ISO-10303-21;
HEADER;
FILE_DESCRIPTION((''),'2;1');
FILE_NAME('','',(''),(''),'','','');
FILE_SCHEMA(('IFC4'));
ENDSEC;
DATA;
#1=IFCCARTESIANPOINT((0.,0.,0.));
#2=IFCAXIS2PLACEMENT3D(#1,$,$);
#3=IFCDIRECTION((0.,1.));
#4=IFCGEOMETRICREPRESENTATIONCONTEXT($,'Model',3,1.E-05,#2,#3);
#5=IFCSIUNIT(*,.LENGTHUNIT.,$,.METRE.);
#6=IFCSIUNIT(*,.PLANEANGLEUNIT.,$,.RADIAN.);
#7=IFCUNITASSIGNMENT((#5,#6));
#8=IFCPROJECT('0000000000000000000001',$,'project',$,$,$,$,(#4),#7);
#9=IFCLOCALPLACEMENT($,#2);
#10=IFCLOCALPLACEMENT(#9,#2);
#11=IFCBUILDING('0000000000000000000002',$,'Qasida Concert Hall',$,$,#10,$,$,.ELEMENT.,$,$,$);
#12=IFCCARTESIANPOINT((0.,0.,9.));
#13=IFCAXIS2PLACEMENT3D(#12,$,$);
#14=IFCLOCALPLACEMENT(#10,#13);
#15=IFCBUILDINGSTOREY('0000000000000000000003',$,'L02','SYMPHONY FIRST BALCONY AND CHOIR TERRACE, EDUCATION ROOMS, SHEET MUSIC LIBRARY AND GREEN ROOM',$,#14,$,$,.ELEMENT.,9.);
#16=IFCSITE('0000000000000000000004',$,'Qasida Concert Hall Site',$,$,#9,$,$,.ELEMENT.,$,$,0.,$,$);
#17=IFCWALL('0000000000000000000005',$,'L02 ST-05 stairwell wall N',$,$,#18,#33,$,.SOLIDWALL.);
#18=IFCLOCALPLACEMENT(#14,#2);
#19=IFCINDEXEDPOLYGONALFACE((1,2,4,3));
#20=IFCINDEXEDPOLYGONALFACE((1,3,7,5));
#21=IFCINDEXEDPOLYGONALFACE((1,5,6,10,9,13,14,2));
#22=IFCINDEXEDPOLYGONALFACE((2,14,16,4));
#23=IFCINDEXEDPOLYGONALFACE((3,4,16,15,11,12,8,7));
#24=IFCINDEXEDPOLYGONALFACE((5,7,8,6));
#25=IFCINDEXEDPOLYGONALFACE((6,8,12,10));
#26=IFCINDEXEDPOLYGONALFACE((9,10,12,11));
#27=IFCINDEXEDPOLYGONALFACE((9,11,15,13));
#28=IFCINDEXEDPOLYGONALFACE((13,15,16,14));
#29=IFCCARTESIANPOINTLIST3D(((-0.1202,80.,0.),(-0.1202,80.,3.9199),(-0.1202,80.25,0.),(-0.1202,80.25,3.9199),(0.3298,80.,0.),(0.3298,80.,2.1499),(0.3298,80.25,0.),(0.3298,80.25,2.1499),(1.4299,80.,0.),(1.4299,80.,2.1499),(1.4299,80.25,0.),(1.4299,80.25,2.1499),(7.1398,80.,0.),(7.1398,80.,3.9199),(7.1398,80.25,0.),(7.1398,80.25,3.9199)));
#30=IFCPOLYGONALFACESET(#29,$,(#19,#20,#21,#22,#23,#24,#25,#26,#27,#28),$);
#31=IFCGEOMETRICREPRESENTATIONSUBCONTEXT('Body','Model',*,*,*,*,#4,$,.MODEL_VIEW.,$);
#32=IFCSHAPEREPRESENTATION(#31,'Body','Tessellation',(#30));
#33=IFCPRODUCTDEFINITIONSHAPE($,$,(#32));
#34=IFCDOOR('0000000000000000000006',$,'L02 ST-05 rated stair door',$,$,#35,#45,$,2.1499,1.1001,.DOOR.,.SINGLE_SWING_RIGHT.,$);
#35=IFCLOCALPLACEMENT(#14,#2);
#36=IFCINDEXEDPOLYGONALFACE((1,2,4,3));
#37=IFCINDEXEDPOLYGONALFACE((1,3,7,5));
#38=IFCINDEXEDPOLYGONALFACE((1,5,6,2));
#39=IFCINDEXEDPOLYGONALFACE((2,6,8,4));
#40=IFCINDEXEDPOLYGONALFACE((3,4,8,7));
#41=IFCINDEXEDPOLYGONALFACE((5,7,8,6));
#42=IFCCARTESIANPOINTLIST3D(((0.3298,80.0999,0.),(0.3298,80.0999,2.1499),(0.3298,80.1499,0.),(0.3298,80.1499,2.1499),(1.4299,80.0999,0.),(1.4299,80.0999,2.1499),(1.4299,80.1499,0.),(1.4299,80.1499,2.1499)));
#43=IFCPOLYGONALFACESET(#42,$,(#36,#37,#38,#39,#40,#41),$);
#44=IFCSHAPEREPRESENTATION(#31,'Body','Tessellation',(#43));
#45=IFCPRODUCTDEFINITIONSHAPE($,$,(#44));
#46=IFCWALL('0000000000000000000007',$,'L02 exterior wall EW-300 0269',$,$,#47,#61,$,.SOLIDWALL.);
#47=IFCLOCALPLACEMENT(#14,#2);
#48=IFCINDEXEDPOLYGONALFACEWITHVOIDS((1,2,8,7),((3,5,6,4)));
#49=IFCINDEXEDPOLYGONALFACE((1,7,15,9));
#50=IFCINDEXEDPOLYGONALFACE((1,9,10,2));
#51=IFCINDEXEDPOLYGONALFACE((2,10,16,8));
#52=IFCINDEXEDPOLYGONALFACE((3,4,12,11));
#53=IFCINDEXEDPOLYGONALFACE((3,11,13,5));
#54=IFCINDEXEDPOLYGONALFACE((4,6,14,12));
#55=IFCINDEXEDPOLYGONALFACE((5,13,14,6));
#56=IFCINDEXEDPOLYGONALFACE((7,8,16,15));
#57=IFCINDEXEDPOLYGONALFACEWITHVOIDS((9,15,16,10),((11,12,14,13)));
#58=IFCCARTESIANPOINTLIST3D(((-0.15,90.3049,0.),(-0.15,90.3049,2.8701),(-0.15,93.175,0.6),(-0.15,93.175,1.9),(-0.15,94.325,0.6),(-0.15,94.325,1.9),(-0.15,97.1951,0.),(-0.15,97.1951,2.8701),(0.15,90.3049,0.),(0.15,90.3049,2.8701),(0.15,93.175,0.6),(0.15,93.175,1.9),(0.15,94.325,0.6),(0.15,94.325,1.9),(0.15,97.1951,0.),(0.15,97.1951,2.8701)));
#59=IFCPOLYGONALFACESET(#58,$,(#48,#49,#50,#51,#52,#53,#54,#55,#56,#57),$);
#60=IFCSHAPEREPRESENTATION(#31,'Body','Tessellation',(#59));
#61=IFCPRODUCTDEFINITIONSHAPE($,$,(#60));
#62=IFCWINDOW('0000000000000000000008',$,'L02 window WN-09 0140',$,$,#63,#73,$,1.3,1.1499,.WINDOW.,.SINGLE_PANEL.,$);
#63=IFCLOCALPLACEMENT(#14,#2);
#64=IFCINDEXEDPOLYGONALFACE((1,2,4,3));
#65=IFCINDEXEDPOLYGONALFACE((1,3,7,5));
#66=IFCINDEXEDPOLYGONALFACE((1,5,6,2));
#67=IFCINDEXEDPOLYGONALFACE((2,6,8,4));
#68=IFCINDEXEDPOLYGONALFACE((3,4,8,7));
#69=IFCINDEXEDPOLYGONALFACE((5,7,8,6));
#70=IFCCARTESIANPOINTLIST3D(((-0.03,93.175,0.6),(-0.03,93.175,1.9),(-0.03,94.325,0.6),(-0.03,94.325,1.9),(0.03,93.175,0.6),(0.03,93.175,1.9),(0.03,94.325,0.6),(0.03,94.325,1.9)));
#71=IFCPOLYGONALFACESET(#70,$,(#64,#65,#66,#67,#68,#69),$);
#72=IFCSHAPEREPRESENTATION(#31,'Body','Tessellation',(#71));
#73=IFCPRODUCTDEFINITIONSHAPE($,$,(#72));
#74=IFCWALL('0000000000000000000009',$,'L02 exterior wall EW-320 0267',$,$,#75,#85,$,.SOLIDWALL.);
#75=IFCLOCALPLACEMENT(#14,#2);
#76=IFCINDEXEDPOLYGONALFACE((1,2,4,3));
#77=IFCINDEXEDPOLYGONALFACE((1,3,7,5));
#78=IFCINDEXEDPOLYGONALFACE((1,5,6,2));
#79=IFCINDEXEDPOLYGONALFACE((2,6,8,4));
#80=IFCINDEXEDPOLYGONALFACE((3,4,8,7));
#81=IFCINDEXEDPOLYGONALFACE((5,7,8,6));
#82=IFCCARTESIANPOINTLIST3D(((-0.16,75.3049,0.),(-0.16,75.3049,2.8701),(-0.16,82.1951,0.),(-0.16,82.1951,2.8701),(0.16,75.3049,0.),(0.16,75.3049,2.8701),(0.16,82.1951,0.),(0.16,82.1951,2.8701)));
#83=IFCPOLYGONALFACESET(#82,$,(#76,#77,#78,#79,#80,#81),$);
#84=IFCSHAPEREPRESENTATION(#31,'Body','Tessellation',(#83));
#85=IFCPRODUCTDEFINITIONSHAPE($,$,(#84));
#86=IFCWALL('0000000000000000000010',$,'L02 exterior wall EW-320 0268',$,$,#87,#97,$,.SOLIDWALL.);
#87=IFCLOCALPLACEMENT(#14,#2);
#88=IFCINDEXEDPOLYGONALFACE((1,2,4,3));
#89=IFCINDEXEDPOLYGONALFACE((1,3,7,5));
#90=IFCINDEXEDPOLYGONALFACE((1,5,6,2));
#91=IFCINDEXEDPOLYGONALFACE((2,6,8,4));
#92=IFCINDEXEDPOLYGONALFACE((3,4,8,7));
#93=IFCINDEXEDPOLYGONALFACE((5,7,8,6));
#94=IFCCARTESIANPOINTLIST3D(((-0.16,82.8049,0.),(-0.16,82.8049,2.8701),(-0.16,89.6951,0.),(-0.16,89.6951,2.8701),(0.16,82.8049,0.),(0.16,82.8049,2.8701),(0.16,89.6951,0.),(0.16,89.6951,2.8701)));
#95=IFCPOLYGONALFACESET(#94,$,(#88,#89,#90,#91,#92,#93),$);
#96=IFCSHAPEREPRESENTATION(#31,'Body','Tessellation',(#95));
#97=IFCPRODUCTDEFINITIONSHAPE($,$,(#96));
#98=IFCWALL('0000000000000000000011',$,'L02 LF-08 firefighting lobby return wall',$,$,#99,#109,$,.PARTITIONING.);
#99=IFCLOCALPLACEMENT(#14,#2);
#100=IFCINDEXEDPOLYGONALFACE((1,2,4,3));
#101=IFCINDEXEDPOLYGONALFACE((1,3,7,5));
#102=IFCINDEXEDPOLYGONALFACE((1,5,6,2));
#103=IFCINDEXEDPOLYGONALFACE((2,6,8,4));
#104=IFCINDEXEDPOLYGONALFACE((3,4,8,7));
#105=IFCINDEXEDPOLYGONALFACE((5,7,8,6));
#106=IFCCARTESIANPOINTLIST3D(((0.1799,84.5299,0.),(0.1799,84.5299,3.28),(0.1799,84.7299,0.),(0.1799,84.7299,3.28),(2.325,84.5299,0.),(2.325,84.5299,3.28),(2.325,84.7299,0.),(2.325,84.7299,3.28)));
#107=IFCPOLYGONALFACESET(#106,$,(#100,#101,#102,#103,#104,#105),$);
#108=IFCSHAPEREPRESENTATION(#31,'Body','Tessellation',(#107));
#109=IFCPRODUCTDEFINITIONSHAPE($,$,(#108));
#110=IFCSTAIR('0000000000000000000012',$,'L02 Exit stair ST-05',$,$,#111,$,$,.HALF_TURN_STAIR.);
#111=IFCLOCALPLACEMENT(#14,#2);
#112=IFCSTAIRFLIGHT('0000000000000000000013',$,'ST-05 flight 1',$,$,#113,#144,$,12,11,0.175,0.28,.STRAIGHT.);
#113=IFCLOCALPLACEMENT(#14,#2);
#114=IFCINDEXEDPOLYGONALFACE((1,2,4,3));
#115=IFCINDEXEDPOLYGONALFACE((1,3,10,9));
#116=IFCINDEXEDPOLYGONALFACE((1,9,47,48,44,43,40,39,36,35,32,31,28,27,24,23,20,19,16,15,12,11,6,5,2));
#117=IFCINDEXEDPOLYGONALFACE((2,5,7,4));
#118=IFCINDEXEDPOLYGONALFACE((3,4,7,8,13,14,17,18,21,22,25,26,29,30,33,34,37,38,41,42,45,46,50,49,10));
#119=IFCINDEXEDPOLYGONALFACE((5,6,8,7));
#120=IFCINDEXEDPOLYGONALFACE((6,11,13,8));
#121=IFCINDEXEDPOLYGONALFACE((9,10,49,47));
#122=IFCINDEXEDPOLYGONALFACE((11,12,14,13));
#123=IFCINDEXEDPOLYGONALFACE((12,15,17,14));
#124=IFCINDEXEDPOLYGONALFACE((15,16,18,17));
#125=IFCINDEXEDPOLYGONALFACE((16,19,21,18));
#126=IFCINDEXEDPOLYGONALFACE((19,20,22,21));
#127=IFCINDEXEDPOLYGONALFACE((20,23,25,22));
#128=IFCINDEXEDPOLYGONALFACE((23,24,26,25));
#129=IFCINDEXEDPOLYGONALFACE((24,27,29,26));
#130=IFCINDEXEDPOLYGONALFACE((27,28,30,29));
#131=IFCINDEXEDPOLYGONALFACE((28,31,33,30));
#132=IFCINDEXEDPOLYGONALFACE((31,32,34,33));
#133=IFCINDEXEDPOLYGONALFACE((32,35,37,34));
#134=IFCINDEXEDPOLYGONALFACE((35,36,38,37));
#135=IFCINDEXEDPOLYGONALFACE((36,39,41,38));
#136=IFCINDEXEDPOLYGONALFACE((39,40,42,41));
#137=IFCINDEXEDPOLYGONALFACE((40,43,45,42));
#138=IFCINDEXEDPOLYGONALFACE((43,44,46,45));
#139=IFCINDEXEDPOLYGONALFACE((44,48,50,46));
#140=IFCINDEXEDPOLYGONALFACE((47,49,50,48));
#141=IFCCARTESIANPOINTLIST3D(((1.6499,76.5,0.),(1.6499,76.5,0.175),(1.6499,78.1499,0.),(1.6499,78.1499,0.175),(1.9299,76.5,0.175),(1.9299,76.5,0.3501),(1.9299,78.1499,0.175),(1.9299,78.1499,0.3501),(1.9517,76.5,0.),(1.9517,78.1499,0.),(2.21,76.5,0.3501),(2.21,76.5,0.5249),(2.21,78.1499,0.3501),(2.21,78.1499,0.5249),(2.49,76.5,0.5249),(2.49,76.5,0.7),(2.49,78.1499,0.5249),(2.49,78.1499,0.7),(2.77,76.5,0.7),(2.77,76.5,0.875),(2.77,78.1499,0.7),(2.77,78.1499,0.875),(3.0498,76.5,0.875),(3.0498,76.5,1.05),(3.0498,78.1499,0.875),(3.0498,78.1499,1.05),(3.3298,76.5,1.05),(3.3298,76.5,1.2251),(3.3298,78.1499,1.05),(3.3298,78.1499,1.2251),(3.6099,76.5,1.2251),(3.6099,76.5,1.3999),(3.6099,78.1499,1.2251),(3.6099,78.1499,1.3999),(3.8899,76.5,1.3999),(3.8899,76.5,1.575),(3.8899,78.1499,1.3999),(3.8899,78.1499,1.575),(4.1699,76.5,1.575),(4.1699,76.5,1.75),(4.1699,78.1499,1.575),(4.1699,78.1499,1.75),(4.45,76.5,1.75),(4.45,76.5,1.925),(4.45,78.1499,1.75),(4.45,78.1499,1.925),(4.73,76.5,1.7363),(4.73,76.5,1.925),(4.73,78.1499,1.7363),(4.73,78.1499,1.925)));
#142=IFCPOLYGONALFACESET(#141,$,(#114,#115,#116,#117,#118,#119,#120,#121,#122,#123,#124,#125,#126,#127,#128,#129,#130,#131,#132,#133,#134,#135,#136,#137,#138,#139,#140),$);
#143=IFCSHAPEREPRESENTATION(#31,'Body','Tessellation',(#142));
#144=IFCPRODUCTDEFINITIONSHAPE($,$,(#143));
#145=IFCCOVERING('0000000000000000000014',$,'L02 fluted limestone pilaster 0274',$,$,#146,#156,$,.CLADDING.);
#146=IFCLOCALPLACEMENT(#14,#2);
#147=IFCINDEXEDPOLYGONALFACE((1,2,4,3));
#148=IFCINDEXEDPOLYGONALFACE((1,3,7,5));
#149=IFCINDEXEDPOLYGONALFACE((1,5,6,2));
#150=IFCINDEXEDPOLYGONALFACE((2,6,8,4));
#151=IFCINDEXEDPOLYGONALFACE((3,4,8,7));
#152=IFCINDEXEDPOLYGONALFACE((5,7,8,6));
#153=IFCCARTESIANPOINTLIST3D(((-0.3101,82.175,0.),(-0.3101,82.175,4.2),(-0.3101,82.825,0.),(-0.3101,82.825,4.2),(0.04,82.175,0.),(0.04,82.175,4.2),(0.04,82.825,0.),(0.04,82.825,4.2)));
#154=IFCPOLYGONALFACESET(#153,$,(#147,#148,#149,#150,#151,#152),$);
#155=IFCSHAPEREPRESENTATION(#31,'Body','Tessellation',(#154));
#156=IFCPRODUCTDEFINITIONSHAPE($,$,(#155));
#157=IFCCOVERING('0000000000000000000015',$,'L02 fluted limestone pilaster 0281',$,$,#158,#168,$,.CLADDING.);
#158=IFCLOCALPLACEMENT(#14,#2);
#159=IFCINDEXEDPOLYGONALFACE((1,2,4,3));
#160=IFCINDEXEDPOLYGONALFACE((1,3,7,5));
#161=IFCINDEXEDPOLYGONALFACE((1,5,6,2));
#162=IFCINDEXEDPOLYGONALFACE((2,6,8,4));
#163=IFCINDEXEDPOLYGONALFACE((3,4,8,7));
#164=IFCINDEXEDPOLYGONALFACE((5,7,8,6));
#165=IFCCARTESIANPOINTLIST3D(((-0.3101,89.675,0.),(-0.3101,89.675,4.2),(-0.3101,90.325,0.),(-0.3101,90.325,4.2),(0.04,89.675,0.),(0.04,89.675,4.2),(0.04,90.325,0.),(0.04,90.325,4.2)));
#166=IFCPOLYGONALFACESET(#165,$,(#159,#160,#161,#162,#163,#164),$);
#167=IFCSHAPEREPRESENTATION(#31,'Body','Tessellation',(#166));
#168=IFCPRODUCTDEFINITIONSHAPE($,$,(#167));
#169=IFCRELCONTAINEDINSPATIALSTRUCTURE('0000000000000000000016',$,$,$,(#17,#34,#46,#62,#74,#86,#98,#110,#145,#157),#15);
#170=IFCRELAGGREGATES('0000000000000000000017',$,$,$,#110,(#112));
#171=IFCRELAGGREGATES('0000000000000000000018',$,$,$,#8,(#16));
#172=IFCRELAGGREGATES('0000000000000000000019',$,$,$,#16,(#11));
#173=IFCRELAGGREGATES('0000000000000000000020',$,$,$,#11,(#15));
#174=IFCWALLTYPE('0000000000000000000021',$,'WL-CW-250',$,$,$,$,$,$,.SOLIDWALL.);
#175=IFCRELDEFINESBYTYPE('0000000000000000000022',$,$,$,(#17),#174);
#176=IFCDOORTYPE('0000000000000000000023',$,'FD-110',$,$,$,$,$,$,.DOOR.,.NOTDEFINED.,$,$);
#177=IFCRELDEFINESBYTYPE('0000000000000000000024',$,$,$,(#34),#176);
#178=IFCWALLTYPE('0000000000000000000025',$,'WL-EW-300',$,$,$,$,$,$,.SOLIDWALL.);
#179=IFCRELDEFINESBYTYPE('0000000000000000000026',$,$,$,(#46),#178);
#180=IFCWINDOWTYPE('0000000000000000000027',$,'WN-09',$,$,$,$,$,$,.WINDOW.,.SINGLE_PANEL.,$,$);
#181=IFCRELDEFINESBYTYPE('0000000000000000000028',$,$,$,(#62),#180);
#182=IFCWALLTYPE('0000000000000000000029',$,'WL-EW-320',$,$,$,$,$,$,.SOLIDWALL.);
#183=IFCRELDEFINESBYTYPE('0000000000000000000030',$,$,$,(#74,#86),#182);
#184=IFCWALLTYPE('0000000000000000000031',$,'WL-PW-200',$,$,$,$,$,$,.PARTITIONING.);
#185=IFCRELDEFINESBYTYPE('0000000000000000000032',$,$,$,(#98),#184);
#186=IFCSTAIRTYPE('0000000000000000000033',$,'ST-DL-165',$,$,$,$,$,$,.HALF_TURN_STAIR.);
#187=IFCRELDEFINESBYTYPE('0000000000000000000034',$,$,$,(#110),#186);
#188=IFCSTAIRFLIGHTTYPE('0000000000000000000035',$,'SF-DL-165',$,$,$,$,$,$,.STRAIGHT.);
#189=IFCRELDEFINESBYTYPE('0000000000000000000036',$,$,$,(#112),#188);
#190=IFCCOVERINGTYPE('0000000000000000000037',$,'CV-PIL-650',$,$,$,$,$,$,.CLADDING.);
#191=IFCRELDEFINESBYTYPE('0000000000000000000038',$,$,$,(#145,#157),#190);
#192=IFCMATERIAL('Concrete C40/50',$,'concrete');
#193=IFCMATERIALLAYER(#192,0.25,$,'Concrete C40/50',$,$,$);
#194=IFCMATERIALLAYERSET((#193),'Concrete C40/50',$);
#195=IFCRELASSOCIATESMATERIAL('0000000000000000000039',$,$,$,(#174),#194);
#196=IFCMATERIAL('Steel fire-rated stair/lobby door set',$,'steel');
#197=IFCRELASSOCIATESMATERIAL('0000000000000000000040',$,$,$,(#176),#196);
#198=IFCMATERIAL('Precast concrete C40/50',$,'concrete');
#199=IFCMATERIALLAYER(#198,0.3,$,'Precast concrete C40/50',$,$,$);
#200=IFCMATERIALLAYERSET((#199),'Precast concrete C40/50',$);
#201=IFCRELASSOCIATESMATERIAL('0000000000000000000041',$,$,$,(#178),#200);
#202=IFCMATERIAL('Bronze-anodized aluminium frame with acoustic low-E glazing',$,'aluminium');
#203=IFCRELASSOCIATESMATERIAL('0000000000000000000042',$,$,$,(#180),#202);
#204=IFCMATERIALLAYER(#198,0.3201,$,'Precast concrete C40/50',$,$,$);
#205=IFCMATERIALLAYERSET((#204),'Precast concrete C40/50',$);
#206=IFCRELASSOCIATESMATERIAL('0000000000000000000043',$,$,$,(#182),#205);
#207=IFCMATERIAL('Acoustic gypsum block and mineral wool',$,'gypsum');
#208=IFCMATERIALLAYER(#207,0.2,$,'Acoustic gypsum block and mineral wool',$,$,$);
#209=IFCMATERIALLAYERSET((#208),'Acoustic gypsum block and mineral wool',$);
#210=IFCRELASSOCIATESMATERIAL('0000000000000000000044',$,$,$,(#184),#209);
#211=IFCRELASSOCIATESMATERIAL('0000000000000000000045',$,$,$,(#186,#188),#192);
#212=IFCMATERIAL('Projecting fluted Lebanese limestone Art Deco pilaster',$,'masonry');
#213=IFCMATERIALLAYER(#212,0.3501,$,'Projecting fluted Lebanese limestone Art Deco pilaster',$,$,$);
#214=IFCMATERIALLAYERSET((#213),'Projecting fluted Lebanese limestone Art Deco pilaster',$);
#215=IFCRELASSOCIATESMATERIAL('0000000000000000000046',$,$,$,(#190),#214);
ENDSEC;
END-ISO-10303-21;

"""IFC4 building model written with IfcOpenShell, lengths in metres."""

from ifc_helpers import new_model, si_unit, direction, frame, frame_2d, origin, origin_2d, place, context, subcontext, project, spatial, polyline, rectangle, outline, extrude, material, layer, layer_set, type_object, element, fill, aggregate, save


model = new_model("IFC4")

# Units and contexts
model_context = context("Model", 3, precision=1e-05, world=origin(), true_north=direction((0.0, 1.0)))
body_context = subcontext(model_context, "Body", "Model", "MODEL_VIEW")
ifc_project = project(units=[si_unit("LENGTHUNIT", "METRE"), si_unit("PLANEANGLEUNIT", "RADIAN")], contexts=[model_context])

# Site, building, storey
site_placement = place(None, origin())
site = spatial("IfcSite", under=ifc_project, at=site_placement, Name="Qasida Concert Hall Site", CompositionType="ELEMENT", RefElevation=0.0)
building_placement = place(site_placement, origin())
building = spatial("IfcBuilding", under=site, at=building_placement, Name="Qasida Concert Hall", CompositionType="ELEMENT")
storey_placement = place(building_placement, frame((0.0, 0.0, 9.0)))
storey = spatial("IfcBuildingStorey", under=building, at=storey_placement, Name="L02", Description="SYMPHONY FIRST BALCONY AND CHOIR TERRACE, EDUCATION ROOMS, SHEET MUSIC LIBRARY AND GREEN ROOM", CompositionType="ELEMENT", Elevation=9.0)

# Shared definitions
ifc_material_1 = material(Name="Concrete C40/50", Category="concrete")

# Shared definitions
ifc_layer_1 = layer(ifc_material_1, 0.25, Name="Concrete C40/50")
ifc_layer_set_1 = layer_set([ifc_layer_1], Name="Concrete C40/50")
wall_type_1 = type_object("IfcWallType", Name="WL-CW-250", PredefinedType="SOLIDWALL", material=ifc_layer_set_1)

# Wall, opening, door
wall_1_placement = place(storey_placement, frame((-0.1201, 80.125, 0.0), z_axis=(0.0, 0.0, 1.0), x_axis=(1.0, 0.0, 0.0)))
wall_1 = element("IfcWall", 1, at=wall_1_placement, inside=storey, type_object=wall_type_1, Name="L02 ST-05 stairwell wall N", PredefinedType="SOLIDWALL", context=body_context, shape_type="SweptSolid", body=[
    extrude(rectangle(XDim=7.26, YDim=0.25, at=frame_2d((3.6299, 0.0))), origin(), (0.0, 0.0, 1.0), 3.9199),
])
opening_1_placement = place(wall_1_placement, frame((0.45, 0.0, 0.0)))
opening_1 = element("IfcOpeningElement", 2, at=opening_1_placement, cuts=wall_1, PredefinedType="OPENING", context=body_context, shape_type="SweptSolid", body=[
    extrude(rectangle(XDim=1.1001, YDim=2.1499, at=frame_2d((0.55, 1.075))), frame((0.0, 0.135, 0.0), z_axis=(0.0, -1.0, 0.0), x_axis=(1.0, 0.0, 0.0)), (0.0, 0.0, 1.0), 0.27),
])
ifc_material_2 = material(Name="Steel fire-rated stair/lobby door set", Category="steel")
door_type_1 = type_object("IfcDoorType", Name="FD-110", OperationType="NOTDEFINED", PredefinedType="DOOR", material=ifc_material_2)
door_1_placement = place(opening_1_placement, origin())
door_1 = element("IfcDoor", 3, at=door_1_placement, inside=storey, type_object=door_type_1, Name="L02 ST-05 rated stair door", OperationType="SINGLE_SWING_RIGHT", OverallHeight=2.1499, OverallWidth=1.1001, PredefinedType="DOOR", context=body_context, shape_type="SweptSolid", body=[
    extrude(rectangle(XDim=1.1001, YDim=2.1499, at=frame_2d((0.55, 1.075))), frame((0.0, 0.0249, 0.0), z_axis=(0.0, -1.0, 0.0), x_axis=(1.0, 0.0, 0.0)), (0.0, 0.0, 1.0), 0.05),
])
fill(opening_1, door_1)

# Wall, opening, window
ifc_material_3 = material(Name="Precast concrete C40/50", Category="concrete")
ifc_layer_2 = layer(ifc_material_3, 0.3, Name="Precast concrete C40/50")
ifc_layer_set_2 = layer_set([ifc_layer_2], Name="Precast concrete C40/50")
wall_type_2 = type_object("IfcWallType", Name="WL-EW-300", PredefinedType="SOLIDWALL", material=ifc_layer_set_2)
wall_2_placement = place(storey_placement, frame((0.0, 90.3049, 0.0), z_axis=(0.0, 0.0, 1.0), x_axis=(0.0, 1.0, 0.0)))
wall_2 = element("IfcWall", 4, at=wall_2_placement, inside=storey, type_object=wall_type_2, Name="L02 exterior wall EW-300 0269", PredefinedType="SOLIDWALL", context=body_context, shape_type="SweptSolid", body=[
    extrude(rectangle(XDim=6.8901, YDim=0.3, at=frame_2d((3.4451, 0.0))), origin(), (0.0, 0.0, 1.0), 2.8701),
])
opening_2_placement = place(wall_2_placement, frame((2.8701, 0.0, 0.6001)))
opening_2 = element("IfcOpeningElement", 5, at=opening_2_placement, cuts=wall_2, PredefinedType="OPENING", context=body_context, shape_type="SweptSolid", body=[
    extrude(rectangle(XDim=1.1499, YDim=1.3, at=frame_2d((0.575, 0.6499))), frame((0.0, 0.1599, 0.0), z_axis=(0.0, -1.0, 0.0), x_axis=(1.0, 0.0, 0.0)), (0.0, 0.0, 1.0), 0.3201),
])
ifc_material_4 = material(Name="Bronze-anodized aluminium frame with acoustic low-E glazing", Category="aluminium")
window_type = type_object("IfcWindowType", Name="WN-09", PartitioningType="SINGLE_PANEL", PredefinedType="WINDOW", material=ifc_material_4)
window_placement = place(opening_2_placement, origin())
window = element("IfcWindow", 6, at=window_placement, inside=storey, type_object=window_type, Name="L02 window WN-09 0140", OverallHeight=1.3, OverallWidth=1.1499, PartitioningType="SINGLE_PANEL", PredefinedType="WINDOW", context=body_context, shape_type="SweptSolid", body=[
    extrude(rectangle(XDim=1.1499, YDim=1.3, at=frame_2d((0.575, 0.6499))), frame((0.0, 0.03, 0.0), z_axis=(0.0, -1.0, 0.0), x_axis=(1.0, 0.0, 0.0)), (0.0, 0.0, 1.0), 0.0601),
])
fill(opening_2, window)

# Walls
ifc_layer_3 = layer(ifc_material_3, 0.3201, Name="Precast concrete C40/50")
ifc_layer_set_3 = layer_set([ifc_layer_3], Name="Precast concrete C40/50")
wall_type_3 = type_object("IfcWallType", Name="WL-EW-320", PredefinedType="SOLIDWALL", material=ifc_layer_set_3)
for number, where, z_axis, x_axis, name in (
    (7, (0.0, 75.3049, 0.0), (0.0, 0.0, 1.0), (0.0, 1.0, 0.0), "L02 exterior wall EW-320 0267"),
    (8, (0.0, 82.8049, 0.0), (0.0, 0.0, 1.0), (0.0, 1.0, 0.0), "L02 exterior wall EW-320 0268"),
):
    element("IfcWall", number, at=place(storey_placement, frame(where, z_axis=z_axis, x_axis=x_axis)), inside=storey, type_object=wall_type_3, Name=name, PredefinedType="SOLIDWALL", context=body_context, shape_type="SweptSolid", body=[
        extrude(rectangle(XDim=6.8901, YDim=0.3201, at=frame_2d((3.4451, 0.0))), origin(), (0.0, 0.0, 1.0), 2.8701),
    ])
ifc_material_5 = material(Name="Acoustic gypsum block and mineral wool", Category="gypsum")
ifc_layer_4 = layer(ifc_material_5, 0.2, Name="Acoustic gypsum block and mineral wool")
ifc_layer_set_4 = layer_set([ifc_layer_4], Name="Acoustic gypsum block and mineral wool")
wall_type_4 = type_object("IfcWallType", Name="WL-PW-200", PredefinedType="PARTITIONING", material=ifc_layer_set_4)
wall_3_placement = place(storey_placement, frame((0.1799, 84.6299, 0.0), z_axis=(0.0, 0.0, 1.0), x_axis=(1.0, 0.0, 0.0)))
element("IfcWall", 9, at=wall_3_placement, inside=storey, type_object=wall_type_4, Name="L02 LF-08 firefighting lobby return wall", PredefinedType="PARTITIONING", context=body_context, shape_type="SweptSolid", body=[
    extrude(rectangle(XDim=2.145, YDim=0.2, at=frame_2d((1.0725, 0.0))), origin(), (0.0, 0.0, 1.0), 3.28),
])

# Stair, stair flight
stair_type = type_object("IfcStairType", Name="ST-DL-165", PredefinedType="HALF_TURN_STAIR", material=ifc_material_1)
stair_placement = place(storey_placement, origin())
stair = element("IfcStair", 10, at=stair_placement, inside=storey, type_object=stair_type, Name="L02 Exit stair ST-05", PredefinedType="HALF_TURN_STAIR")
stair_flight_type = type_object("IfcStairFlightType", Name="SF-DL-165", PredefinedType="STRAIGHT", material=ifc_material_1)
stair_flight_placement = place(storey_placement, frame((1.6499, 77.325, 0.0), z_axis=(0.0, 0.0, 1.0), x_axis=(1.0, 0.0, 0.0)))
stair_flight = element("IfcStairFlight", 11, at=stair_flight_placement, type_object=stair_flight_type, Name="ST-05 flight 1", NumberOfRisers=12, NumberOfTreads=11, PredefinedType="STRAIGHT", RiserHeight=0.175, TreadLength=0.28, context=body_context, shape_type="SweptSolid", body=[
    extrude(outline(polyline([(0.0, 0.0), (0.0, 0.175), (0.28, 0.175), (0.28, 0.3501), (0.5601, 0.3501), (0.5601, 0.5249), (0.8401, 0.5249), (0.8401, 0.7), (1.1201, 0.7), (1.1201, 0.875), (1.3999, 0.875), (1.3999, 1.05), (1.6799, 1.05), (1.6799, 1.2251), (1.96, 1.2251), (1.96, 1.3999), (2.24, 1.3999), (2.24, 1.575), (2.52, 1.575), (2.52, 1.75), (2.8, 1.75), (2.8, 1.925), (3.0801, 1.925), (3.0801, 2.1001), (3.0801, 1.7363), (0.3018, 0.0), (0.0, 0.0)])), frame((0.0, 0.825, 0.0), z_axis=(0.0, -1.0, 0.0), x_axis=(1.0, 0.0, 0.0)), (0.0, 0.0, 1.0), 1.6499),
])
aggregate(stair, [stair_flight])

# Coverings
ifc_material_6 = material(Name="Projecting fluted Lebanese limestone Art Deco pilaster", Category="masonry")
ifc_layer_5 = layer(ifc_material_6, 0.3501, Name="Projecting fluted Lebanese limestone Art Deco pilaster")
ifc_layer_set_5 = layer_set([ifc_layer_5], Name="Projecting fluted Lebanese limestone Art Deco pilaster")
covering_type = type_object("IfcCoveringType", Name="CV-PIL-650", PredefinedType="CLADDING", material=ifc_layer_set_5)
for number, where, z_axis, x_axis, name in (
    (12, (-0.135, 82.5, 0.0), (0.0, 0.0, 1.0), (1.0, 0.0, 0.0), "L02 fluted limestone pilaster 0274"),
    (13, (-0.135, 90.0, 0.0), (0.0, 0.0, 1.0), (1.0, 0.0, 0.0), "L02 fluted limestone pilaster 0281"),
):
    element("IfcCovering", number, at=place(storey_placement, frame(where, z_axis=z_axis, x_axis=x_axis)), inside=storey, type_object=covering_type, Name=name, PredefinedType="CLADDING", context=body_context, shape_type="SweptSolid", body=[
        extrude(rectangle(XDim=0.3501, YDim=0.6499, at=origin_2d()), origin(), (0.0, 0.0, 1.0), 4.2),
    ])

save(model, "model.ifc")
